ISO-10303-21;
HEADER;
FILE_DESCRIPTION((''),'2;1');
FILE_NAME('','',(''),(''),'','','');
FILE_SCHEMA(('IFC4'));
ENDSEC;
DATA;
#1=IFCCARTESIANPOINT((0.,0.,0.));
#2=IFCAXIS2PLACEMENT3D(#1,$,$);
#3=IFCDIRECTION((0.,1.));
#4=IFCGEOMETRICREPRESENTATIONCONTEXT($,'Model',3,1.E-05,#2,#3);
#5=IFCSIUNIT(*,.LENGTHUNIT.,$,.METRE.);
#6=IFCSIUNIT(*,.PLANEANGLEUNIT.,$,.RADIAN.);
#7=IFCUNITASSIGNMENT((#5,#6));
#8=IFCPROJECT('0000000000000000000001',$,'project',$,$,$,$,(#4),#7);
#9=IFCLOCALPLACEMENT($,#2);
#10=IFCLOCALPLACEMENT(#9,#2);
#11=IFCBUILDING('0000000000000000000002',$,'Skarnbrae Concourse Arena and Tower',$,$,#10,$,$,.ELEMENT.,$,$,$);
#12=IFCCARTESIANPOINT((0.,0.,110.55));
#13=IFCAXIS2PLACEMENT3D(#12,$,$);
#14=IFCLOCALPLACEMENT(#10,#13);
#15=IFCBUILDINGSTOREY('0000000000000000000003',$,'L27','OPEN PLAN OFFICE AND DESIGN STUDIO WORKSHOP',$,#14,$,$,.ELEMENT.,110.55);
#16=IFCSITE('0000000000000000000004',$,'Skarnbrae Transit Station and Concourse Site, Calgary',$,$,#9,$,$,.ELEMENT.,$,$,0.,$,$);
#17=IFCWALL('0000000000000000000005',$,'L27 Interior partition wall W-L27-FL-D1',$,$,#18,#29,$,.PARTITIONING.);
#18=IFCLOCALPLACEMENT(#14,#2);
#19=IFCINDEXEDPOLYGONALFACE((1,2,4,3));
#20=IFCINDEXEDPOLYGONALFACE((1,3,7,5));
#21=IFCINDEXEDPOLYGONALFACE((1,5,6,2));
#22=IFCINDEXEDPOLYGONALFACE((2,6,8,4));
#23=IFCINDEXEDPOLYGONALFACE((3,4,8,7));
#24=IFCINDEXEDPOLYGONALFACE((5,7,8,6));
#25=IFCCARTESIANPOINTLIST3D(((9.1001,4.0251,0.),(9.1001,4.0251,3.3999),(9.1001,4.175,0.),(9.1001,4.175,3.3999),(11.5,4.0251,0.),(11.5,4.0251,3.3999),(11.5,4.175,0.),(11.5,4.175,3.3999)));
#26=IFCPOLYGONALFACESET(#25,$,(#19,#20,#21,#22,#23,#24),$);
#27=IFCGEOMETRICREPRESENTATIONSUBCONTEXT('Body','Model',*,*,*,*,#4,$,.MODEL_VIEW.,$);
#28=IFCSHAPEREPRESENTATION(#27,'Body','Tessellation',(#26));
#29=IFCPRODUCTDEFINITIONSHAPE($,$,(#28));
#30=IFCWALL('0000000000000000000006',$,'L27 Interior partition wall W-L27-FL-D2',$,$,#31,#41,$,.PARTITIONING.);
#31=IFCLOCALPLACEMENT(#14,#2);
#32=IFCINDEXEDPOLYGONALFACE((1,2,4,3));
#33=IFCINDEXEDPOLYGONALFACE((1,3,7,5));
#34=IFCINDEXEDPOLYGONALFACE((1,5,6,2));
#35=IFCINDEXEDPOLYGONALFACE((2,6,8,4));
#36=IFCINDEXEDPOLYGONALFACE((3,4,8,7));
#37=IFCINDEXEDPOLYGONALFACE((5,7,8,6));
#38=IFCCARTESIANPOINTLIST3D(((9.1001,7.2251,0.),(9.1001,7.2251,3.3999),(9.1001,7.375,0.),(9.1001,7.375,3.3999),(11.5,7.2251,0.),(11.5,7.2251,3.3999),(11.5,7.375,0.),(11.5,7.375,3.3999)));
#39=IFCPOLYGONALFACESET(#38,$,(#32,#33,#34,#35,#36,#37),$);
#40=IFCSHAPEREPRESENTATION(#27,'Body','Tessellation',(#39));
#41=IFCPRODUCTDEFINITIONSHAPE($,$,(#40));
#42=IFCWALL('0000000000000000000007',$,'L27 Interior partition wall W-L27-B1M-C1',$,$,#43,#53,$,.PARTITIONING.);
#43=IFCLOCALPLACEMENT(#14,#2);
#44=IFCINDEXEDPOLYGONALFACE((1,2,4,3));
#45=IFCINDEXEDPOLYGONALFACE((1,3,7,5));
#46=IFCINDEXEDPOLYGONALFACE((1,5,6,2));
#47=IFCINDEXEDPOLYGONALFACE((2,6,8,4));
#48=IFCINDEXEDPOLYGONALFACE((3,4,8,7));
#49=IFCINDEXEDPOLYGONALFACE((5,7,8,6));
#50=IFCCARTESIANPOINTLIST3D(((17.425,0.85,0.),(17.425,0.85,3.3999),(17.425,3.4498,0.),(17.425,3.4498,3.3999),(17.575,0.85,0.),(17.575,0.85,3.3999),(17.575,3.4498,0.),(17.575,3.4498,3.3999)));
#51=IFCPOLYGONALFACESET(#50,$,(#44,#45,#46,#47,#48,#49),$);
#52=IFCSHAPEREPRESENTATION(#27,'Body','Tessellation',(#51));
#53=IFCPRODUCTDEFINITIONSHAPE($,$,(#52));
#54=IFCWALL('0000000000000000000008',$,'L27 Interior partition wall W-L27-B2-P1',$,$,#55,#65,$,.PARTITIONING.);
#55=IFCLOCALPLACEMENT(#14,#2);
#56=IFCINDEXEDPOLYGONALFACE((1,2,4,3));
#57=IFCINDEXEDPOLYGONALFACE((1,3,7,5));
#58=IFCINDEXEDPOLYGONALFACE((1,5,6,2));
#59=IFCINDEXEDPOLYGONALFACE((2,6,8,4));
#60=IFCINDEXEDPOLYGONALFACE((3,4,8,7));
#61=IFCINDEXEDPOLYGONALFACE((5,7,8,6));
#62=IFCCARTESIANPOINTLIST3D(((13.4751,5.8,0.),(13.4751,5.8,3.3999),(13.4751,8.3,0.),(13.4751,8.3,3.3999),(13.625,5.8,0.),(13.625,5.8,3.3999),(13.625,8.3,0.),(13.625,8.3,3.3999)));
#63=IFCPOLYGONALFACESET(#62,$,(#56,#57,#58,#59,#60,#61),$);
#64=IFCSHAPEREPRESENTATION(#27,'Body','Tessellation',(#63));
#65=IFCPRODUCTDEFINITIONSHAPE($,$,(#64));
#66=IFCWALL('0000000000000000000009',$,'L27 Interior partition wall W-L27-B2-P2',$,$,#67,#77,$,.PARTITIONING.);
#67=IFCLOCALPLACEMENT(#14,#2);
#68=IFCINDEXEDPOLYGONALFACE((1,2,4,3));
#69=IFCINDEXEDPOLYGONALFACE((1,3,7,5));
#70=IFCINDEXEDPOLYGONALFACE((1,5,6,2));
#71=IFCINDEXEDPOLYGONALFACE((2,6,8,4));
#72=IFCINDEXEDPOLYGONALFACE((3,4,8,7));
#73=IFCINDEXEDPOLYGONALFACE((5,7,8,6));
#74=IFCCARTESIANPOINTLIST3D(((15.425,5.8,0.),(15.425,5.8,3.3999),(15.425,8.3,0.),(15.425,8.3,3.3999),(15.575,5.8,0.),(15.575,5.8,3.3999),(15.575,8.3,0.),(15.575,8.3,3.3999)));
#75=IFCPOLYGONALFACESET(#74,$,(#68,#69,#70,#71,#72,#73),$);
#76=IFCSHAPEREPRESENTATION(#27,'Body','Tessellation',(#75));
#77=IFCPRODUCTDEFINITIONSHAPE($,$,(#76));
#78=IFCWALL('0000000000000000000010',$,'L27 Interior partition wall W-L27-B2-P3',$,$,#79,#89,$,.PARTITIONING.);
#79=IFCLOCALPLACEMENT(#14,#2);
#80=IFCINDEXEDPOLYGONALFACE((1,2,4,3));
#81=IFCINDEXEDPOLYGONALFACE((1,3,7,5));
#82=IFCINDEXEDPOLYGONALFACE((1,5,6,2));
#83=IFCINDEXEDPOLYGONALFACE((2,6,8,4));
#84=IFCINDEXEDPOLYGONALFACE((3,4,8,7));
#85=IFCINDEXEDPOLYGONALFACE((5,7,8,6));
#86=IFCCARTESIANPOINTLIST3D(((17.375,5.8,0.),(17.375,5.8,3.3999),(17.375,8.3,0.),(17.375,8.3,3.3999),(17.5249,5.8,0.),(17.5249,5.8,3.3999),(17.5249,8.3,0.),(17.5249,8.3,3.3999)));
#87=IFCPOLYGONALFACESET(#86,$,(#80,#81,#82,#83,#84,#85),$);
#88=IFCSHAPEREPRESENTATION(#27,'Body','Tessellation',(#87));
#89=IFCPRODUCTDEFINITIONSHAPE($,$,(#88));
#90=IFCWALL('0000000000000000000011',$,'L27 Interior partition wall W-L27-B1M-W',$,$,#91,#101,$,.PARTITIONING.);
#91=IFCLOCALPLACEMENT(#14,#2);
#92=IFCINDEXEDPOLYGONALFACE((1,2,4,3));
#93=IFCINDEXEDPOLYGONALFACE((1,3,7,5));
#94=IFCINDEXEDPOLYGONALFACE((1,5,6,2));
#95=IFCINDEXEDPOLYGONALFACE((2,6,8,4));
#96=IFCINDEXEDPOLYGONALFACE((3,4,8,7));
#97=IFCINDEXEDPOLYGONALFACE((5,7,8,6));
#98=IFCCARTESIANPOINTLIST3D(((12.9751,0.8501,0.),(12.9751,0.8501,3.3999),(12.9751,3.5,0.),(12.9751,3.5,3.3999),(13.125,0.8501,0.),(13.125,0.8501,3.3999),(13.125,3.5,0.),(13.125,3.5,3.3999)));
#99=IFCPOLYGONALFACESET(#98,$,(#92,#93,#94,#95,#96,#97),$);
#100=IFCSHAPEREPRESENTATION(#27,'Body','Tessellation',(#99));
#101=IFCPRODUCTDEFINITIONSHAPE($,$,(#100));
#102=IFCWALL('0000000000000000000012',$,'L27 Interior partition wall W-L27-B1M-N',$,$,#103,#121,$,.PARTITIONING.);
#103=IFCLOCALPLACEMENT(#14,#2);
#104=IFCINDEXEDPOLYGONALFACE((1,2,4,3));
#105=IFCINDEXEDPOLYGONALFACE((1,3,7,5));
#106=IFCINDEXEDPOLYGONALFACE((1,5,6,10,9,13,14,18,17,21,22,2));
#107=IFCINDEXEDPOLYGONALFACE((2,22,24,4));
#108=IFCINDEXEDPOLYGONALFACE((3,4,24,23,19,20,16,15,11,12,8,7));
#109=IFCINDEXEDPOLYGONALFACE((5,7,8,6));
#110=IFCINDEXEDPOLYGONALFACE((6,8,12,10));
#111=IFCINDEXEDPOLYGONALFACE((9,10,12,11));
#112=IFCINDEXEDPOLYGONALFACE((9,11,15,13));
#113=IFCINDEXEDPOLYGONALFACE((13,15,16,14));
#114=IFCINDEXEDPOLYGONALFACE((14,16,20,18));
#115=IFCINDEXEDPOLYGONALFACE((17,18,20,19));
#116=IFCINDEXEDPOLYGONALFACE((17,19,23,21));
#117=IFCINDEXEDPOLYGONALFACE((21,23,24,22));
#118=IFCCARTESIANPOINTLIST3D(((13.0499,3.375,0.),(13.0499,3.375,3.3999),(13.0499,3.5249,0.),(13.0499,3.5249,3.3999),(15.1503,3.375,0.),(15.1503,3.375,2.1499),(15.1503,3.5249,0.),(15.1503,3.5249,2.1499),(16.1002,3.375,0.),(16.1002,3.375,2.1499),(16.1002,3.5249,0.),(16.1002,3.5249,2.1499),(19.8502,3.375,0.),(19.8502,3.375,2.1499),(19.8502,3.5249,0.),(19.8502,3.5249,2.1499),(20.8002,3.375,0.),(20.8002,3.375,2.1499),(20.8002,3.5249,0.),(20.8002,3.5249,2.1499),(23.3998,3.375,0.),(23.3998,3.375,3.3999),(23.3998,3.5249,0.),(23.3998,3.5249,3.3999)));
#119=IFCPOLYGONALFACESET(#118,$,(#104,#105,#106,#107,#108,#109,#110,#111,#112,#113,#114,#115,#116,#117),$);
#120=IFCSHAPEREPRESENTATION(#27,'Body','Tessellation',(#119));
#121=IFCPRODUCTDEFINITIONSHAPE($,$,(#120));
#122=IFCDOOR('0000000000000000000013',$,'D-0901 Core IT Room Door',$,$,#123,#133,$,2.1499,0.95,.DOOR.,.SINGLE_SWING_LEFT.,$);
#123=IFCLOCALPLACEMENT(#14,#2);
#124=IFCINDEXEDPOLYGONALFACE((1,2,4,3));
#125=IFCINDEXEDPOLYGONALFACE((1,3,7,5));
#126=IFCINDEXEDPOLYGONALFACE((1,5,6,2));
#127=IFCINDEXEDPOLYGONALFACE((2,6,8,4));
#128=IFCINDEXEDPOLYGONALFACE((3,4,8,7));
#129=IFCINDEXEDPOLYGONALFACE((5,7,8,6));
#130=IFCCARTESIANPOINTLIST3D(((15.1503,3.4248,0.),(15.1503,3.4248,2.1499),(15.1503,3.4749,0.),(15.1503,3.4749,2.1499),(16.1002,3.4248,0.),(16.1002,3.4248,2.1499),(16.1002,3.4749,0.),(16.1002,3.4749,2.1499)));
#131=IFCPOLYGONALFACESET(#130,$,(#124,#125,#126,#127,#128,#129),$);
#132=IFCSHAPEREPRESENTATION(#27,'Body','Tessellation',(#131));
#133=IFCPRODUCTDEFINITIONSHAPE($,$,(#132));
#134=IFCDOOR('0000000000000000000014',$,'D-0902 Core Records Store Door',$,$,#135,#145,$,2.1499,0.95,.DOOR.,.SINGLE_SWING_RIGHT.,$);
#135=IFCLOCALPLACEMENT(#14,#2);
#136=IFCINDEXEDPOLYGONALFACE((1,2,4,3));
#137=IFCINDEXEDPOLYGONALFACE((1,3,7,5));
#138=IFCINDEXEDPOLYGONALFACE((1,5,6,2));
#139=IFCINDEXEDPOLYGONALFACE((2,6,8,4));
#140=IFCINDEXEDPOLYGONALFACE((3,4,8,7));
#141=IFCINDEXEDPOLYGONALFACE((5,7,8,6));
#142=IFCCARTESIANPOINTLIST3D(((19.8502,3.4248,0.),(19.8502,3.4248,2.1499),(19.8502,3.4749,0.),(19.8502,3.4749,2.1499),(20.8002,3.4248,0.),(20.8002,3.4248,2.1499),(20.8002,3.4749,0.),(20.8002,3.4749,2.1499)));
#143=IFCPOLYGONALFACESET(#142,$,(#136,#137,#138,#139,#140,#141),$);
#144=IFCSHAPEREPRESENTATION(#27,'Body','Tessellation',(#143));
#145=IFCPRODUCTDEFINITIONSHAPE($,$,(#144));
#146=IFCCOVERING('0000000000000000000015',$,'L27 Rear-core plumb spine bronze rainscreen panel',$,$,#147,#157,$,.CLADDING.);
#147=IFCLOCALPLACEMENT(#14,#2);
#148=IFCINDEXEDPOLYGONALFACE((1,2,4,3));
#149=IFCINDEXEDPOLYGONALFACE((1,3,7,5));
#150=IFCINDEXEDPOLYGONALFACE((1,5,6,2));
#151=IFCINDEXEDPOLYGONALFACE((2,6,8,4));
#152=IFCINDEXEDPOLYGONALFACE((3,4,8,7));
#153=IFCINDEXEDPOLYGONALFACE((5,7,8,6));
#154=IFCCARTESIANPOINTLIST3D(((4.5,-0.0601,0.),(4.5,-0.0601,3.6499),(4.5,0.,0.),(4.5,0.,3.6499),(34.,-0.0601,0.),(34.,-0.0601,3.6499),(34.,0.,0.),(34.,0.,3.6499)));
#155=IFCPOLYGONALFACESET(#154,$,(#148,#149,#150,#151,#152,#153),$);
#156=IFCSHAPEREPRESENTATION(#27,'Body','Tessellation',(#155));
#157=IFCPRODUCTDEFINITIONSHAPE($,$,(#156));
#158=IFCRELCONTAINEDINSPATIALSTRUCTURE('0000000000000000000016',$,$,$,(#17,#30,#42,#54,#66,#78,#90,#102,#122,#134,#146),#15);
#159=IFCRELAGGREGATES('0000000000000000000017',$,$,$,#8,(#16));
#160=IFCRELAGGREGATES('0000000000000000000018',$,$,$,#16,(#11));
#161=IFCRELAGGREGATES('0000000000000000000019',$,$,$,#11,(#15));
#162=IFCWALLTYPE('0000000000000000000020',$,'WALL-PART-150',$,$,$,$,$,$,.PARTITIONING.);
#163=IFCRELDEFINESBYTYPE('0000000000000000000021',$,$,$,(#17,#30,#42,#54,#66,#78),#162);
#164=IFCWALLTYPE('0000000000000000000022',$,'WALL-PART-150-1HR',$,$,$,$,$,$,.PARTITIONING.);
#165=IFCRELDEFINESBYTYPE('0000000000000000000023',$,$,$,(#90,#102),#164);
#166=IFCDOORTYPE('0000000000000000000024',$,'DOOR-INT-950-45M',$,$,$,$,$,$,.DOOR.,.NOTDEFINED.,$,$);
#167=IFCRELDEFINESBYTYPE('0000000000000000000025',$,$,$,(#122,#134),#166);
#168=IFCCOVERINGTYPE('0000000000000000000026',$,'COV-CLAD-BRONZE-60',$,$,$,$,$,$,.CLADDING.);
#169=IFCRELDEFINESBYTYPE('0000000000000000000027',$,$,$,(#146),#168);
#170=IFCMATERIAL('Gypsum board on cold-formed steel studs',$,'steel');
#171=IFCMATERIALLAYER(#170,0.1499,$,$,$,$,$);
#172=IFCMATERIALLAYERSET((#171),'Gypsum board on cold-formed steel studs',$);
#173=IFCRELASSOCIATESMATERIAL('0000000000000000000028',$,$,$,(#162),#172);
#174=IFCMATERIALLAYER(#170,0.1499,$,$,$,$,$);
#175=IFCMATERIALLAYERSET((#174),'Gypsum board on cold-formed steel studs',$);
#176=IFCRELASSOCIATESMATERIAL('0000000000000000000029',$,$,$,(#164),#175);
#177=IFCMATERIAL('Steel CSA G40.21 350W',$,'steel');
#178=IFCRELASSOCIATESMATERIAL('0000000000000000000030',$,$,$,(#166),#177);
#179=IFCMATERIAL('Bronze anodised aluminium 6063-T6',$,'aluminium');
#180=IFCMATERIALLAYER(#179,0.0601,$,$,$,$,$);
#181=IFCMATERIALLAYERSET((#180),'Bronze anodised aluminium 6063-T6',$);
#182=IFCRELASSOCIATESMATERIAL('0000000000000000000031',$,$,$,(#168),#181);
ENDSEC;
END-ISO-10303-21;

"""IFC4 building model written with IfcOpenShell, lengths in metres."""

from ifc_helpers import new_model, si_unit, direction, frame, frame_2d, origin, origin_2d, place, context, subcontext, project, spatial, rectangle, extrude, source, transform, mapped, material, layer, layer_set, type_object, element, fill, save


model = new_model("IFC4")

# Units and contexts
model_context = context("Model", 3, precision=1e-05, world=origin(), true_north=direction((0.0, 1.0)))
body_context = subcontext(model_context, "Body", "Model", "MODEL_VIEW")
ifc_project = project(units=[si_unit("LENGTHUNIT", "METRE"), si_unit("PLANEANGLEUNIT", "RADIAN")], contexts=[model_context])

# Site, building, storey
site_placement = place(None, origin())
site = spatial("IfcSite", under=ifc_project, at=site_placement, Name="Skarnbrae Transit Station and Concourse Site, Calgary", CompositionType="ELEMENT", RefElevation=0.0)
building_placement = place(site_placement, origin())
building = spatial("IfcBuilding", under=site, at=building_placement, Name="Skarnbrae Concourse Arena and Tower", CompositionType="ELEMENT")
storey_placement = place(building_placement, frame((0.0, 0.0, 110.55)))
storey = spatial("IfcBuildingStorey", under=building, at=storey_placement, Name="L27", Description="OPEN PLAN OFFICE AND DESIGN STUDIO WORKSHOP", CompositionType="ELEMENT", Elevation=110.55)

# Shared definitions
ifc_material_1 = material(Name="Gypsum board on cold-formed steel studs", Category="steel")
ifc_material_2 = material(Name="Steel CSA G40.21 350W", Category="steel")

# Walls
ifc_layer_1 = layer(ifc_material_1, 0.1499)
ifc_layer_set_1 = layer_set([ifc_layer_1], Name="Gypsum board on cold-formed steel studs")
wall_type_1 = type_object("IfcWallType", Name="WALL-PART-150", PredefinedType="PARTITIONING", material=ifc_layer_set_1)
shared_shape_1 = source(origin(), body_context, "Body", "SweptSolid", [
    extrude(rectangle(XDim=2.3999, YDim=0.1499, at=frame_2d((1.2, 0.0))), origin(), (0.0, 0.0, 1.0), 3.3999),
])
for number, where, z_axis, x_axis, name in (
    (1, (9.1001, 4.1001, 0.0), (0.0, 0.0, 1.0), (1.0, 0.0, 0.0), "L27 Interior partition wall W-L27-FL-D1"),
    (2, (9.1001, 7.3, 0.0), (0.0, 0.0, 1.0), (1.0, 0.0, 0.0), "L27 Interior partition wall W-L27-FL-D2"),
):
    element("IfcWall", number, at=place(storey_placement, frame(where, z_axis=z_axis, x_axis=x_axis)), inside=storey, type_object=wall_type_1, Name=name, PredefinedType="PARTITIONING", context=body_context, shape_type="MappedRepresentation", body=[
        mapped(shared_shape_1, transform((0.0, 0.0, 0.0))),
    ])
shared_shape_2 = source(origin(), body_context, "Body", "SweptSolid", [
    extrude(rectangle(XDim=2.5999, YDim=0.1499, at=frame_2d((1.2998, 0.0))), origin(), (0.0, 0.0, 1.0), 3.3999),
])
wall_1_placement = place(storey_placement, frame((17.5, 0.8501, 0.0), z_axis=(0.0, 0.0, 1.0), x_axis=(0.0, 1.0, 0.0)))
element("IfcWall", 3, at=wall_1_placement, inside=storey, type_object=wall_type_1, Name="L27 Interior partition wall W-L27-B1M-C1", PredefinedType="PARTITIONING", context=body_context, shape_type="MappedRepresentation", body=[
    mapped(shared_shape_2, transform((0.0, 0.0, 0.0))),
])

# Shared definitions
ifc_material_3 = material(Name="Bronze anodised aluminium 6063-T6", Category="aluminium")

# Walls
shared_shape_3 = source(origin(), body_context, "Body", "SweptSolid", [
    extrude(rectangle(XDim=2.5, YDim=0.1499, at=frame_2d((1.25, 0.0))), origin(), (0.0, 0.0, 1.0), 3.3999),
])
for number, where, z_axis, x_axis, name in (
    (4, (13.55, 5.8, 0.0), (0.0, 0.0, 1.0), (0.0, 1.0, 0.0), "L27 Interior partition wall W-L27-B2-P1"),
    (5, (15.5, 5.8, 0.0), (0.0, 0.0, 1.0), (0.0, 1.0, 0.0), "L27 Interior partition wall W-L27-B2-P2"),
    (6, (17.45, 5.8, 0.0), (0.0, 0.0, 1.0), (0.0, 1.0, 0.0), "L27 Interior partition wall W-L27-B2-P3"),
):
    element("IfcWall", number, at=place(storey_placement, frame(where, z_axis=z_axis, x_axis=x_axis)), inside=storey, type_object=wall_type_1, Name=name, PredefinedType="PARTITIONING", context=body_context, shape_type="MappedRepresentation", body=[
        mapped(shared_shape_3, transform((0.0, 0.0, 0.0))),
    ])
ifc_layer_2 = layer(ifc_material_1, 0.1499)
ifc_layer_set_2 = layer_set([ifc_layer_2], Name="Gypsum board on cold-formed steel studs")
wall_type_2 = type_object("IfcWallType", Name="WALL-PART-150-1HR", PredefinedType="PARTITIONING", material=ifc_layer_set_2)
shared_shape_4 = source(origin(), body_context, "Body", "SweptSolid", [
    extrude(rectangle(XDim=2.6499, YDim=0.1499, at=frame_2d((1.325, 0.0))), origin(), (0.0, 0.0, 1.0), 3.3999),
])
wall_2_placement = place(storey_placement, frame((13.05, 0.8501, 0.0), z_axis=(0.0, 0.0, 1.0), x_axis=(0.0, 1.0, 0.0)))
element("IfcWall", 7, at=wall_2_placement, inside=storey, type_object=wall_type_2, Name="L27 Interior partition wall W-L27-B1M-W", PredefinedType="PARTITIONING", context=body_context, shape_type="MappedRepresentation", body=[
    mapped(shared_shape_4, transform((0.0, 0.0, 0.0))),
])

# Wall, openings, doors
shared_shape_5 = source(origin(), body_context, "Body", "SweptSolid", [
    extrude(rectangle(XDim=10.3499, YDim=0.1499, at=frame_2d((5.1748, 0.0))), origin(), (0.0, 0.0, 1.0), 3.3999),
])
wall_3_placement = place(storey_placement, frame((13.05, 3.45, 0.0), z_axis=(0.0, 0.0, 1.0), x_axis=(1.0, 0.0, 0.0)))
wall_3 = element("IfcWall", 8, at=wall_3_placement, inside=storey, type_object=wall_type_2, Name="L27 Interior partition wall W-L27-B1M-N", PredefinedType="PARTITIONING", context=body_context, shape_type="MappedRepresentation", body=[
    mapped(shared_shape_5, transform((0.0, 0.0, 0.0))),
])
opening_1_placement = place(wall_3_placement, frame((2.1001, 0.0, 0.0)))
opening_1 = element("IfcOpeningElement", 9, at=opening_1_placement, cuts=wall_3, PredefinedType="OPENING", context=body_context, shape_type="SweptSolid", body=[
    extrude(rectangle(XDim=0.95, YDim=2.1499, at=frame_2d((0.4751, 1.075))), frame((0.0, 0.085, 0.0), z_axis=(0.0, -1.0, 0.0), x_axis=(1.0, 0.0, 0.0)), (0.0, 0.0, 1.0), 0.1699),
])
opening_2_placement = place(wall_3_placement, frame((6.8, 0.0, 0.0)))
opening_2 = element("IfcOpeningElement", 10, at=opening_2_placement, cuts=wall_3, PredefinedType="OPENING", context=body_context, shape_type="SweptSolid", body=[
    extrude(rectangle(XDim=0.95, YDim=2.1499, at=frame_2d((0.4751, 1.075))), frame((0.0, 0.085, 0.0), z_axis=(0.0, -1.0, 0.0), x_axis=(1.0, 0.0, 0.0)), (0.0, 0.0, 1.0), 0.1699),
])
door_type_1 = type_object("IfcDoorType", Name="DOOR-INT-950-45M", OperationType="NOTDEFINED", PredefinedType="DOOR", material=ifc_material_2)
shared_shape_6 = source(origin(), body_context, "Body", "SweptSolid", [
    extrude(rectangle(XDim=0.95, YDim=2.1499, at=frame_2d((0.4751, 1.075))), frame((0.0, 0.0249, 0.0), z_axis=(0.0, -1.0, 0.0), x_axis=(1.0, 0.0, 0.0)), (0.0, 0.0, 1.0), 0.05),
])
door_1_placement = place(opening_1_placement, origin())
door_1 = element("IfcDoor", 11, at=door_1_placement, inside=storey, type_object=door_type_1, Name="D-0901 Core IT Room Door", OperationType="SINGLE_SWING_LEFT", OverallHeight=2.1499, OverallWidth=0.95, PredefinedType="DOOR", context=body_context, shape_type="MappedRepresentation", body=[
    mapped(shared_shape_6, transform((0.0, 0.0, 0.0))),
])
fill(opening_1, door_1)
door_2_placement = place(opening_2_placement, origin())
door_2 = element("IfcDoor", 12, at=door_2_placement, inside=storey, type_object=door_type_1, Name="D-0902 Core Records Store Door", OperationType="SINGLE_SWING_RIGHT", OverallHeight=2.1499, OverallWidth=0.95, PredefinedType="DOOR", context=body_context, shape_type="MappedRepresentation", body=[
    mapped(shared_shape_6, transform((0.0, 0.0, 0.0))),
])
fill(opening_2, door_2)

# Covering
ifc_layer_3 = layer(ifc_material_3, 0.0601)
ifc_layer_set_3 = layer_set([ifc_layer_3], Name="Bronze anodised aluminium 6063-T6")
covering_type = type_object("IfcCoveringType", Name="COV-CLAD-BRONZE-60", PredefinedType="CLADDING", material=ifc_layer_set_3)
shared_shape_7 = source(origin(), body_context, "Body", "SweptSolid", [
    extrude(rectangle(XDim=29.5, YDim=0.0601, at=origin_2d()), origin(), (0.0, 0.0, 1.0), 3.6499),
])
covering_placement = place(storey_placement, frame((19.25, -0.03, 0.0), z_axis=(0.0, 0.0, 1.0), x_axis=(1.0, 0.0, 0.0)))
element("IfcCovering", 13, at=covering_placement, inside=storey, type_object=covering_type, Name="L27 Rear-core plumb spine bronze rainscreen panel", PredefinedType="CLADDING", context=body_context, shape_type="MappedRepresentation", body=[
    mapped(shared_shape_7, transform((0.0, 0.0, 0.0))),
])

save(model, "model.ifc")
